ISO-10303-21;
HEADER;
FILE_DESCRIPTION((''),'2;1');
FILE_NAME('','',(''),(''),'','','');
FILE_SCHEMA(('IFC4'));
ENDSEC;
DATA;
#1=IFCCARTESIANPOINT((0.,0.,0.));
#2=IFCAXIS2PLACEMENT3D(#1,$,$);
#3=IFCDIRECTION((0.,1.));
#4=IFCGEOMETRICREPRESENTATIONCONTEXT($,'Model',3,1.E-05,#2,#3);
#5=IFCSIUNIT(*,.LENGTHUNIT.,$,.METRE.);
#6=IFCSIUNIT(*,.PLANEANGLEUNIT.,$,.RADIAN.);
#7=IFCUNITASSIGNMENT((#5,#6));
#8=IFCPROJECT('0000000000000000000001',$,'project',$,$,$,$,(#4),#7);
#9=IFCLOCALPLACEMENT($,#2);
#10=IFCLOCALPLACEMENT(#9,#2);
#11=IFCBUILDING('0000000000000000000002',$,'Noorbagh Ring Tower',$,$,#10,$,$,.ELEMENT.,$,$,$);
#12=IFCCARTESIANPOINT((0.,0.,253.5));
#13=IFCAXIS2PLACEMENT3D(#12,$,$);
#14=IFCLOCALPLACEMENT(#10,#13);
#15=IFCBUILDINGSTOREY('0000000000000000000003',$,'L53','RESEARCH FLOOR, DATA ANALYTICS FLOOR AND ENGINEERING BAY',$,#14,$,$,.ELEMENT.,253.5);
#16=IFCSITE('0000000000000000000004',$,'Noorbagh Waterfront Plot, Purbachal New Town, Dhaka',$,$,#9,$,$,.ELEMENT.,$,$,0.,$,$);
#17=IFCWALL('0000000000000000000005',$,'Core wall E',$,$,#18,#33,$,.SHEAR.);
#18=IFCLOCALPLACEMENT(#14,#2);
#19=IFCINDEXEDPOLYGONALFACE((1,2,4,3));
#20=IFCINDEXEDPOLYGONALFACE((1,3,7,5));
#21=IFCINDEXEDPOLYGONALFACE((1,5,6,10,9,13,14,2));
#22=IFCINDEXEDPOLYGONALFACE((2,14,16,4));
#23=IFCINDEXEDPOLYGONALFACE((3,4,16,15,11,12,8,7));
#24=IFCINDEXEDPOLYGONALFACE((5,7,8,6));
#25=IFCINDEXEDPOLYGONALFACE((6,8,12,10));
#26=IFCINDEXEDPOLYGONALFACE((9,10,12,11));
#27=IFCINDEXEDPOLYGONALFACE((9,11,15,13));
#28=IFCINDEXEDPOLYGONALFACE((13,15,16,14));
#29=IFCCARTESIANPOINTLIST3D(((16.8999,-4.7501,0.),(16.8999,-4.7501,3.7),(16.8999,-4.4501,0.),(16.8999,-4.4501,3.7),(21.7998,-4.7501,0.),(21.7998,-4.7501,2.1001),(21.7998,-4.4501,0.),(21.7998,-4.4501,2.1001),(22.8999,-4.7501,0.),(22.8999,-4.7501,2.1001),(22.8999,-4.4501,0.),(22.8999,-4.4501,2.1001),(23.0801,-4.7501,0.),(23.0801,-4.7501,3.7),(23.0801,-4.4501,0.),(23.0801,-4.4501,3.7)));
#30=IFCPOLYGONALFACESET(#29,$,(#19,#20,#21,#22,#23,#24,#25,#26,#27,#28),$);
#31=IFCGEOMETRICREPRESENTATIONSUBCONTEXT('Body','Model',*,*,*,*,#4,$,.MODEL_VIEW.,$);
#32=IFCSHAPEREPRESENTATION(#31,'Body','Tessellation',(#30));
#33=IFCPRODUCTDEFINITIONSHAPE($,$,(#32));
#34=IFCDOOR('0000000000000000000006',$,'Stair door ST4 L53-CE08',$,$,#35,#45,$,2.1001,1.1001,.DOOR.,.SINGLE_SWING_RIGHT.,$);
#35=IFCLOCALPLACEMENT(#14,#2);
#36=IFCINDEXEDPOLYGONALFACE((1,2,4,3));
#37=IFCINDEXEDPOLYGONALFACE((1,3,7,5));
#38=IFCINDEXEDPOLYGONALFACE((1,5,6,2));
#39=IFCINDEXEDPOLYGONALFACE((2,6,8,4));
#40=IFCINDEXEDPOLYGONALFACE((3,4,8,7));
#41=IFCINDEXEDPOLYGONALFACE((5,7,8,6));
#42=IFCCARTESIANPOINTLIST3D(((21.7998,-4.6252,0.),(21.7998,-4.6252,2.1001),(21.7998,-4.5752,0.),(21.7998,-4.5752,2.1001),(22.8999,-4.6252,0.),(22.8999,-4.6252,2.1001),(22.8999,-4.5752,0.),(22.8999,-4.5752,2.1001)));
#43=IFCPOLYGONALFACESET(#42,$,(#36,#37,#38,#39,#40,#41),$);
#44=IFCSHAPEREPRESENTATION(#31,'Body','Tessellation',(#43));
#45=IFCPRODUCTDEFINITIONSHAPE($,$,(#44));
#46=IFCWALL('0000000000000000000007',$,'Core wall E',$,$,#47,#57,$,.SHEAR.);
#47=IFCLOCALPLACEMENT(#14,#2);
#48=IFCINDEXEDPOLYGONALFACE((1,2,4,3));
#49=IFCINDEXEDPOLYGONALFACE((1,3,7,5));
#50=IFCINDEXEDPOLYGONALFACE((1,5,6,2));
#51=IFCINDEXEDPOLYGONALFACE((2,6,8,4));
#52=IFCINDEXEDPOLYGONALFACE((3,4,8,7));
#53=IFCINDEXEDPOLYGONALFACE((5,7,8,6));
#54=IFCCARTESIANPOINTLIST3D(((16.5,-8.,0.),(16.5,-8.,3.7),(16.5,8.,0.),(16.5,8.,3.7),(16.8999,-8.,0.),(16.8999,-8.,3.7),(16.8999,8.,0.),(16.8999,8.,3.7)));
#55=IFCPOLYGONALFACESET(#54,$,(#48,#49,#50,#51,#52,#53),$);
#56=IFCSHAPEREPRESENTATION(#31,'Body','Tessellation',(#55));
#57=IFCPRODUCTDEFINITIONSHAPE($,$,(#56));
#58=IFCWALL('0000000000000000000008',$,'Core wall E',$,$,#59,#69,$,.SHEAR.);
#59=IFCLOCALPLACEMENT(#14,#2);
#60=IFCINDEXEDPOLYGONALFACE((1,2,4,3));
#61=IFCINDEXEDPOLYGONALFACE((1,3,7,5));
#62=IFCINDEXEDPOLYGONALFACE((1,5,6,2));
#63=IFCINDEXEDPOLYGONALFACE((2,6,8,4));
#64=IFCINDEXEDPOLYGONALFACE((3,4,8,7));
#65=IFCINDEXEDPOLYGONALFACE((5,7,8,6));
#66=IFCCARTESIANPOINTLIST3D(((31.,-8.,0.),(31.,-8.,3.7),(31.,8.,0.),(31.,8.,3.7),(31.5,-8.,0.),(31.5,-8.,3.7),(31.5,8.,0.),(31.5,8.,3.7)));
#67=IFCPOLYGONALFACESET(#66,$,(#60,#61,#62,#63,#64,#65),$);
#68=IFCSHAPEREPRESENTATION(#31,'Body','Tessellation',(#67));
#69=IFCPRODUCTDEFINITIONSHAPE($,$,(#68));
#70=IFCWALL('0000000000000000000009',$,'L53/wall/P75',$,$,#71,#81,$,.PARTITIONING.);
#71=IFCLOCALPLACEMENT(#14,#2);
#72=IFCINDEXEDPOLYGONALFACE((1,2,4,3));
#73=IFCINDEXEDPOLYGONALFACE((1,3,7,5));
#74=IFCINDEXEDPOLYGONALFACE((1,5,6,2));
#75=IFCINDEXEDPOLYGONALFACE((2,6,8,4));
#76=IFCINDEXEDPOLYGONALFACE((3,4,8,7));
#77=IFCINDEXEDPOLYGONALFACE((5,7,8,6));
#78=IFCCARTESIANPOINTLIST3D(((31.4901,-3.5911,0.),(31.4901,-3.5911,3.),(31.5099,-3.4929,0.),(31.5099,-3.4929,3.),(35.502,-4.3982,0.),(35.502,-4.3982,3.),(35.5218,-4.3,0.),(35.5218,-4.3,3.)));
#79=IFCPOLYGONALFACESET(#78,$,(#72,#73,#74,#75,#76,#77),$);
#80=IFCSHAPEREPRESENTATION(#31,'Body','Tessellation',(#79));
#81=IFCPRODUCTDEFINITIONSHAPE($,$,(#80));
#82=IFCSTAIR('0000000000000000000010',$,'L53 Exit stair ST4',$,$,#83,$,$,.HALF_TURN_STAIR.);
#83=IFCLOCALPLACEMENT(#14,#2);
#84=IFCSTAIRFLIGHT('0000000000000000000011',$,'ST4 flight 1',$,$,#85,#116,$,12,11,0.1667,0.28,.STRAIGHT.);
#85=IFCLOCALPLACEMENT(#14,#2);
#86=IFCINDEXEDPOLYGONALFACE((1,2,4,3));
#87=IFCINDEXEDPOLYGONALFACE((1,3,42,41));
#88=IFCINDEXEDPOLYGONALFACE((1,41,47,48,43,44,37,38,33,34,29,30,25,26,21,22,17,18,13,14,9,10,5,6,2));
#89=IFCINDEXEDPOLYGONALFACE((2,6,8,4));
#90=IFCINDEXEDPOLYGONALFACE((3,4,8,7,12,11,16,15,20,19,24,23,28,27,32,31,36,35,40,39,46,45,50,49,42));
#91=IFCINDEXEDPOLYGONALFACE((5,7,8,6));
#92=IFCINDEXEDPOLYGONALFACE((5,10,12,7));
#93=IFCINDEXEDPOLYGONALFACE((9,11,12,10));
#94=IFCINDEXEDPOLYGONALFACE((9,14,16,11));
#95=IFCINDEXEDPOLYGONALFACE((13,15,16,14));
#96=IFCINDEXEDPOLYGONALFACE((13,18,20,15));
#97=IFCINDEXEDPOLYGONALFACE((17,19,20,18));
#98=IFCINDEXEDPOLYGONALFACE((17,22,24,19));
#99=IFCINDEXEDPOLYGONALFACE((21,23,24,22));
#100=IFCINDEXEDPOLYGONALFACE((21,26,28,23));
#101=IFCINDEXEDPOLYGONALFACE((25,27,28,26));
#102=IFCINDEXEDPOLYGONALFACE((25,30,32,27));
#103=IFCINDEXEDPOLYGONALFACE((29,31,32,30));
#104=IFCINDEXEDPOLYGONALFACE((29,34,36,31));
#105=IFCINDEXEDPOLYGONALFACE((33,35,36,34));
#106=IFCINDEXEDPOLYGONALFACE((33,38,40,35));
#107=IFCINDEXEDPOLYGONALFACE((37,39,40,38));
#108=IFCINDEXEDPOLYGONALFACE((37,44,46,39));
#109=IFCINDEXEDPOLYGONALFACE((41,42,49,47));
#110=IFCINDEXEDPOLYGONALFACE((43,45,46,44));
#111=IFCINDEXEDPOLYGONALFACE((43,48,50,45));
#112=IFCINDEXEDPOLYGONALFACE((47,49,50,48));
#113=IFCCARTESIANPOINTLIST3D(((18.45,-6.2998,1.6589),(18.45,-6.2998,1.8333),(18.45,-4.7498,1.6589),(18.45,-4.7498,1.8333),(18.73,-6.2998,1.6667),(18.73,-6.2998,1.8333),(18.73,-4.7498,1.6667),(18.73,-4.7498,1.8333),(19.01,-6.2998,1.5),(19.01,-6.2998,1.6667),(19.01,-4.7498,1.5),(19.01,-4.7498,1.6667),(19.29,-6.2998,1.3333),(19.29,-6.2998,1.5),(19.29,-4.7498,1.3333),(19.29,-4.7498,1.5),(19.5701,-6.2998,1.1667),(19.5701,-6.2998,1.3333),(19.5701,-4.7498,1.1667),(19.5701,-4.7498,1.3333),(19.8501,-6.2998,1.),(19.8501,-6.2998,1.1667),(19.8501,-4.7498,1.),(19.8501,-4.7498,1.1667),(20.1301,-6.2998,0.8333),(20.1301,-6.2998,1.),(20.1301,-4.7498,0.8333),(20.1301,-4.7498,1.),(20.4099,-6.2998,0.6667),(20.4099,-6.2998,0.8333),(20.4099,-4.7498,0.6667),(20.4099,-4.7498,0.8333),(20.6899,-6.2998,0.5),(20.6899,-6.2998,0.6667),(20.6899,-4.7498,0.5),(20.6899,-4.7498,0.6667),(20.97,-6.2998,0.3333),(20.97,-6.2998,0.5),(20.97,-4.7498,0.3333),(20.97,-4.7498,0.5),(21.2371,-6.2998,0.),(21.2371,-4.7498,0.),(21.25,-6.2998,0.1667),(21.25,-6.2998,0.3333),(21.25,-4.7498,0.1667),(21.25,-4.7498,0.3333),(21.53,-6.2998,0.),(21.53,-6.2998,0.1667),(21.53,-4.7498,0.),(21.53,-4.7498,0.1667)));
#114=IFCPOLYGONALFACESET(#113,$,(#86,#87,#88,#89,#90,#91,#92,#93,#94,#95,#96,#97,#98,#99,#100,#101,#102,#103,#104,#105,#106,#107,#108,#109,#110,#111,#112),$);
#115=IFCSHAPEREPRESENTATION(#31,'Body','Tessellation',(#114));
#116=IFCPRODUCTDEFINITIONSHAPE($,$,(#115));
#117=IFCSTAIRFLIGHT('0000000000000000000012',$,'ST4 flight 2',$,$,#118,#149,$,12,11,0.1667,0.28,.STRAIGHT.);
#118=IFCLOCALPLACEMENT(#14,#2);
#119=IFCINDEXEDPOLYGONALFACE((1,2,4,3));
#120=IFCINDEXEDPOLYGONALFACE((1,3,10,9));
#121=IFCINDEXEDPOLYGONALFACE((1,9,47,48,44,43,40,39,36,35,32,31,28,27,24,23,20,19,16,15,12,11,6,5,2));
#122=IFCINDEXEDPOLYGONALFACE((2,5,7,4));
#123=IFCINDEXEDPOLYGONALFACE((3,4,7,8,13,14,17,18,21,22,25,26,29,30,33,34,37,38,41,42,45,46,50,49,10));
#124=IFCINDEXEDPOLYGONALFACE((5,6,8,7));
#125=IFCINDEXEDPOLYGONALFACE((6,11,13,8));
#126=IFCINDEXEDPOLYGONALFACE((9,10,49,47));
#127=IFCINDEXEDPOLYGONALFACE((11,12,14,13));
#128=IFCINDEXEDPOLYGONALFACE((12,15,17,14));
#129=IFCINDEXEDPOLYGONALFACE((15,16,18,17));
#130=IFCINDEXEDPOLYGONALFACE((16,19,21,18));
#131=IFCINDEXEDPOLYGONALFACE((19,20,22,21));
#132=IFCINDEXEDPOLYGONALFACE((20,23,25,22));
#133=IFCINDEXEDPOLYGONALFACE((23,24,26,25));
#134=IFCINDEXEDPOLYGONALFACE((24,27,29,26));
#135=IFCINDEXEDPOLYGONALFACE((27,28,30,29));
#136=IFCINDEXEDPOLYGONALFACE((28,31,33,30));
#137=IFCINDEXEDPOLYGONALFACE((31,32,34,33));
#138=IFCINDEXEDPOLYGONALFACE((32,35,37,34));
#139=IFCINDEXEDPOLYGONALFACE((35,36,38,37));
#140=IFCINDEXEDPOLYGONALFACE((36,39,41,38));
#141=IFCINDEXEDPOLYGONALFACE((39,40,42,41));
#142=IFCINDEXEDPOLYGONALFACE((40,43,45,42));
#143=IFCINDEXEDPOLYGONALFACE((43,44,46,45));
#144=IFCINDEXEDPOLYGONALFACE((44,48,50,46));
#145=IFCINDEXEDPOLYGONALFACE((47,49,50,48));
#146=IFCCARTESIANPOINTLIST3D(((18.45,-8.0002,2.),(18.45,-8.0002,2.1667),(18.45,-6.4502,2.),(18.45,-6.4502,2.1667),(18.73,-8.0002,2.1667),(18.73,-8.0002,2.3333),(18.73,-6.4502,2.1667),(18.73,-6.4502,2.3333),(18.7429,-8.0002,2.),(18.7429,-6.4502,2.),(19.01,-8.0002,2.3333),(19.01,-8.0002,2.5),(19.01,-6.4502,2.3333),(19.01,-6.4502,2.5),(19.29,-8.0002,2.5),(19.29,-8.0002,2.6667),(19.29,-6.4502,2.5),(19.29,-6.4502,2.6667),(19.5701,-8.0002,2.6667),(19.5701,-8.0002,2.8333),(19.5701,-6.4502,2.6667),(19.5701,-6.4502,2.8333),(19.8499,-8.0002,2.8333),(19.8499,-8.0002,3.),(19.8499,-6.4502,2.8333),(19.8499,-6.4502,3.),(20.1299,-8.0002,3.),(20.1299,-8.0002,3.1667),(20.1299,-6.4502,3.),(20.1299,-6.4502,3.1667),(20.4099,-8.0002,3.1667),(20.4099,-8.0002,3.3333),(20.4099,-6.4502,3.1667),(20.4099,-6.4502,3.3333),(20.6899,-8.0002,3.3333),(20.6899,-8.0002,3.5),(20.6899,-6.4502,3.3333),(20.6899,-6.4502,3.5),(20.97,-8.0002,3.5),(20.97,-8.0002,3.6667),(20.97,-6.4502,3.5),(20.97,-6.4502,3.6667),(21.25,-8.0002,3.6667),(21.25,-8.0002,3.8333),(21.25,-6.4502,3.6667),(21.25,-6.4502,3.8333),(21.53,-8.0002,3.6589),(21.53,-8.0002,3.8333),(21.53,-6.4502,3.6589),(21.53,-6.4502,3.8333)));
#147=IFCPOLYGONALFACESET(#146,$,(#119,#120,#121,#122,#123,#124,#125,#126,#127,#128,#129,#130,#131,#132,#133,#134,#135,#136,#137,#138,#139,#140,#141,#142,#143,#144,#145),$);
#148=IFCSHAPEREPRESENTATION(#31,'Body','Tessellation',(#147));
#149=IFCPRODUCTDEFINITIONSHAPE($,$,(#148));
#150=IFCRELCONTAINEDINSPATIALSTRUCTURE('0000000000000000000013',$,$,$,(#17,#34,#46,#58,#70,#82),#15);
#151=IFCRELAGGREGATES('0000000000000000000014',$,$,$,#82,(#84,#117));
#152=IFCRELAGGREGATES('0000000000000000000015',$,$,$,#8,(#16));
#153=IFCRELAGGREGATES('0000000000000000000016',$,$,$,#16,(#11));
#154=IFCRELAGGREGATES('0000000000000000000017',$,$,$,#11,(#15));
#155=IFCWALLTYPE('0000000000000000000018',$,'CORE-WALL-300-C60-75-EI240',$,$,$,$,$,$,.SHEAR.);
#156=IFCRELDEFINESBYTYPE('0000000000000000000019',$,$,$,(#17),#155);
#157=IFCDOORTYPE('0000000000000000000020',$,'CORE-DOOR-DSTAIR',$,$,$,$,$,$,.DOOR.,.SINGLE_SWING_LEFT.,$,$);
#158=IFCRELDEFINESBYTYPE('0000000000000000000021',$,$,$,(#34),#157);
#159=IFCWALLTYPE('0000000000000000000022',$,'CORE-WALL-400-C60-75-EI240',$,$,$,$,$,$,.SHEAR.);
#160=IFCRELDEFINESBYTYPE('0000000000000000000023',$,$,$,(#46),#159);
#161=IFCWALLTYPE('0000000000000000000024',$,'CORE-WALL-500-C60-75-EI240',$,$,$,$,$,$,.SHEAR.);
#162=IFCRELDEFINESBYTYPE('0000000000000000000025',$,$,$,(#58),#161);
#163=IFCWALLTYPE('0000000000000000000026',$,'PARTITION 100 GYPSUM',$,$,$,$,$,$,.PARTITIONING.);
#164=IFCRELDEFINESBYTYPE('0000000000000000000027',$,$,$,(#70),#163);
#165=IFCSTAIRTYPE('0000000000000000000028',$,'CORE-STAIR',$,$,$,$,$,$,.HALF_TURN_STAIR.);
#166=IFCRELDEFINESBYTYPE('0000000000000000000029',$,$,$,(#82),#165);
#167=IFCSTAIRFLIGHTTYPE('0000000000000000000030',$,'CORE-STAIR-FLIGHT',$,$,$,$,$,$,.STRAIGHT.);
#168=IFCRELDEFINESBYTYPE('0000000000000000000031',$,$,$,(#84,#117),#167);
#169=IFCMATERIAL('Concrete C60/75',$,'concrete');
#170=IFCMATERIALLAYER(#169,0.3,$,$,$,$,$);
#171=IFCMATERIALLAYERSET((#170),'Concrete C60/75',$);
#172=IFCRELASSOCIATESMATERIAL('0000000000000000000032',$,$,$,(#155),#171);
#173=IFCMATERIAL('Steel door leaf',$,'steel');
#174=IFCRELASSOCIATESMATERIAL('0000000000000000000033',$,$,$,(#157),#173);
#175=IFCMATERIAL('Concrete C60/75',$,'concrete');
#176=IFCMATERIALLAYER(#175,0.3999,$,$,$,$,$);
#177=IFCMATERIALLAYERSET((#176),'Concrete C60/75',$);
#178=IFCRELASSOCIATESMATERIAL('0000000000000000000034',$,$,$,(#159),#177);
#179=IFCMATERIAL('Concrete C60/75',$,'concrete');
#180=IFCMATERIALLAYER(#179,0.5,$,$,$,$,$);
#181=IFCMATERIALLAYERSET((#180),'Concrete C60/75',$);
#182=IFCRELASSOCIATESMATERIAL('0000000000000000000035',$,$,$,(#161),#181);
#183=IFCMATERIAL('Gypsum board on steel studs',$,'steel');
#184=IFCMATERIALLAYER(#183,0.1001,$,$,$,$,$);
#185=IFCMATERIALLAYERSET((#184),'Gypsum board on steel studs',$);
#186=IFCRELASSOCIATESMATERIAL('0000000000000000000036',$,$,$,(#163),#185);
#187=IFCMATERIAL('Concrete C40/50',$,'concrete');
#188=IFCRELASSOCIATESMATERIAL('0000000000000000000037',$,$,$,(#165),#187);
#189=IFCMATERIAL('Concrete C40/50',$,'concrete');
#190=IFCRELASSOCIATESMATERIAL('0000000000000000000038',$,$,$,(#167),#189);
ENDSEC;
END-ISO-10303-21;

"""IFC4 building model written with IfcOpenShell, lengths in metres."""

from ifc_helpers import new_model, si_unit, direction, frame, frame_2d, origin, place, context, subcontext, project, spatial, polyline, rectangle, outline, extrude, material, layer, layer_set, type_object, element, fill, aggregate, save


model = new_model("IFC4")

# Units and contexts
model_context = context("Model", 3, precision=1e-05, world=origin(), true_north=direction((0.0, 1.0)))
body_context = subcontext(model_context, "Body", "Model", "MODEL_VIEW")
ifc_project = project(units=[si_unit("LENGTHUNIT", "METRE"), si_unit("PLANEANGLEUNIT", "RADIAN")], contexts=[model_context])

# Site, building, storey
site_placement = place(None, origin())
site = spatial("IfcSite", under=ifc_project, at=site_placement, Name="Noorbagh Waterfront Plot, Purbachal New Town, Dhaka", CompositionType="ELEMENT", RefElevation=0.0)
building_placement = place(site_placement, origin())
building = spatial("IfcBuilding", under=site, at=building_placement, Name="Noorbagh Ring Tower", CompositionType="ELEMENT")
storey_placement = place(building_placement, frame((0.0, 0.0, 253.5)))
storey = spatial("IfcBuildingStorey", under=building, at=storey_placement, Name="L53", Description="RESEARCH FLOOR, DATA ANALYTICS FLOOR AND ENGINEERING BAY", CompositionType="ELEMENT", Elevation=253.5)

# Shared definitions
ifc_material_1 = material(Name="Concrete C60/75", Category="concrete")
ifc_layer_1 = layer(ifc_material_1, 0.3)
ifc_layer_set_1 = layer_set([ifc_layer_1], Name="Concrete C60/75")
wall_type_1 = type_object("IfcWallType", Name="CORE-WALL-300-C60-75-EI240", PredefinedType="SHEAR", material=ifc_layer_set_1)

# Wall, opening, door
wall_1_placement = place(storey_placement, frame((16.8999, -4.6001, 0.0), z_axis=(0.0, 0.0, 1.0), x_axis=(1.0, 0.0, 0.0)))
wall_1 = element("IfcWall", 1, at=wall_1_placement, inside=storey, type_object=wall_type_1, Name="Core wall E", PredefinedType="SHEAR", context=body_context, shape_type="SweptSolid", body=[
    extrude(rectangle(XDim=6.1802, YDim=0.3, at=frame_2d((3.0901, 0.0))), origin(), (0.0, 0.0, 1.0), 3.7),
])
opening_1_placement = place(wall_1_placement, frame((4.8999, 0.0, 0.0)))
opening_1 = element("IfcOpeningElement", 2, at=opening_1_placement, cuts=wall_1, PredefinedType="OPENING", context=body_context, shape_type="SweptSolid", body=[
    extrude(rectangle(XDim=1.1001, YDim=2.1001, at=frame_2d((0.55, 1.05))), frame((0.0, 0.1602, 0.0), z_axis=(0.0, -1.0, 0.0), x_axis=(1.0, 0.0, 0.0)), (0.0, 0.0, 1.0), 0.3201),
])
ifc_material_2 = material(Name="Steel door leaf", Category="steel")
door_type_1 = type_object("IfcDoorType", Name="CORE-DOOR-DSTAIR", OperationType="SINGLE_SWING_LEFT", PredefinedType="DOOR", material=ifc_material_2)
door_1_placement = place(opening_1_placement, origin())
door_1 = element("IfcDoor", 3, at=door_1_placement, inside=storey, type_object=door_type_1, Name="Stair door ST4 L53-CE08", OperationType="SINGLE_SWING_RIGHT", OverallHeight=2.1001, OverallWidth=1.1001, PredefinedType="DOOR", context=body_context, shape_type="SweptSolid", body=[
    extrude(rectangle(XDim=1.1001, YDim=2.1001, at=frame_2d((0.55, 1.05))), frame((0.0, 0.0249, 0.0), z_axis=(0.0, -1.0, 0.0), x_axis=(1.0, 0.0, 0.0)), (0.0, 0.0, 1.0), 0.05),
])
fill(opening_1, door_1)

# Walls
ifc_material_3 = material(Name="Concrete C60/75", Category="concrete")
ifc_layer_2 = layer(ifc_material_3, 0.3999)
ifc_layer_set_2 = layer_set([ifc_layer_2], Name="Concrete C60/75")
wall_type_2 = type_object("IfcWallType", Name="CORE-WALL-400-C60-75-EI240", PredefinedType="SHEAR", material=ifc_layer_set_2)
wall_2_placement = place(storey_placement, frame((16.7, -8.0, 0.0), z_axis=(0.0, 0.0, 1.0), x_axis=(0.0, 1.0, 0.0)))
element("IfcWall", 4, at=wall_2_placement, inside=storey, type_object=wall_type_2, Name="Core wall E", PredefinedType="SHEAR", context=body_context, shape_type="SweptSolid", body=[
    extrude(rectangle(XDim=16.0, YDim=0.3999, at=frame_2d((8.0, 0.0))), origin(), (0.0, 0.0, 1.0), 3.7),
])
ifc_material_4 = material(Name="Concrete C60/75", Category="concrete")
ifc_layer_3 = layer(ifc_material_4, 0.5)
ifc_layer_set_3 = layer_set([ifc_layer_3], Name="Concrete C60/75")
wall_type_3 = type_object("IfcWallType", Name="CORE-WALL-500-C60-75-EI240", PredefinedType="SHEAR", material=ifc_layer_set_3)
wall_3_placement = place(storey_placement, frame((31.25, -8.0, 0.0), z_axis=(0.0, 0.0, 1.0), x_axis=(0.0, 1.0, 0.0)))
element("IfcWall", 5, at=wall_3_placement, inside=storey, type_object=wall_type_3, Name="Core wall E", PredefinedType="SHEAR", context=body_context, shape_type="SweptSolid", body=[
    extrude(rectangle(XDim=16.0, YDim=0.5, at=frame_2d((8.0, 0.0))), origin(), (0.0, 0.0, 1.0), 3.7),
])
ifc_material_5 = material(Name="Gypsum board on steel studs", Category="steel")
ifc_layer_4 = layer(ifc_material_5, 0.1001)
ifc_layer_set_4 = layer_set([ifc_layer_4], Name="Gypsum board on steel studs")
wall_type_4 = type_object("IfcWallType", Name="PARTITION 100 GYPSUM", PredefinedType="PARTITIONING", material=ifc_layer_set_4)
wall_4_placement = place(storey_placement, frame((31.5, -3.542, 0.0), z_axis=(0.0, 0.0, 1.0), x_axis=(0.980357, -0.197229, 0.0)))
element("IfcWall", 6, at=wall_4_placement, inside=storey, type_object=wall_type_4, Name="L53/wall/P75", PredefinedType="PARTITIONING", context=body_context, shape_type="SweptSolid", body=[
    extrude(rectangle(XDim=4.0923, YDim=0.1001, at=frame_2d((2.0461, 0.0))), origin(), (0.0, 0.0, 1.0), 3.0),
])

# Stair, stair flights
ifc_material_6 = material(Name="Concrete C40/50", Category="concrete")
stair_type = type_object("IfcStairType", Name="CORE-STAIR", PredefinedType="HALF_TURN_STAIR", material=ifc_material_6)
stair_placement = place(storey_placement, origin())
stair = element("IfcStair", 7, at=stair_placement, inside=storey, type_object=stair_type, Name="L53 Exit stair ST4", PredefinedType="HALF_TURN_STAIR")
ifc_material_7 = material(Name="Concrete C40/50", Category="concrete")
stair_flight_type = type_object("IfcStairFlightType", Name="CORE-STAIR-FLIGHT", PredefinedType="STRAIGHT", material=ifc_material_7)
stair_flight_1_placement = place(storey_placement, frame((21.53, -5.5249, 0.0), z_axis=(0.0, 0.0, 1.0), x_axis=(-1.0, 0.0, 0.0)))
stair_flight_1 = element("IfcStairFlight", 8, at=stair_flight_1_placement, type_object=stair_flight_type, Name="ST4 flight 1", NumberOfRisers=12, NumberOfTreads=11, PredefinedType="STRAIGHT", RiserHeight=0.1667, TreadLength=0.28, context=body_context, shape_type="SweptSolid", body=[
    extrude(outline(polyline([(0.0, 0.0), (0.0, 0.1667), (0.28, 0.1667), (0.28, 0.3333), (0.5601, 0.3333), (0.5601, 0.5), (0.8401, 0.5), (0.8401, 0.6667), (1.1201, 0.6667), (1.1201, 0.8333), (1.3999, 0.8333), (1.3999, 1.0), (1.6799, 1.0), (1.6799, 1.1667), (1.96, 1.1667), (1.96, 1.3333), (2.24, 1.3333), (2.24, 1.5), (2.52, 1.5), (2.52, 1.6667), (2.8, 1.6667), (2.8, 1.8333), (3.0801, 1.8333), (3.0801, 2.0), (3.0801, 1.6589), (0.293, 0.0), (0.0, 0.0)])), frame((0.0, 0.7749, 0.0), z_axis=(0.0, -1.0, 0.0), x_axis=(1.0, 0.0, 0.0)), (0.0, 0.0, 1.0), 1.55),
])
stair_flight_2_placement = place(storey_placement, frame((18.45, -7.2251, 2.0), z_axis=(0.0, 0.0, 1.0), x_axis=(1.0, 0.0, 0.0)))
stair_flight_2 = element("IfcStairFlight", 9, at=stair_flight_2_placement, type_object=stair_flight_type, Name="ST4 flight 2", NumberOfRisers=12, NumberOfTreads=11, PredefinedType="STRAIGHT", RiserHeight=0.1667, TreadLength=0.28, context=body_context, shape_type="SweptSolid", body=[
    extrude(outline(polyline([(0.0, 0.0), (0.0, 0.1667), (0.28, 0.1667), (0.28, 0.3333), (0.5601, 0.3333), (0.5601, 0.5), (0.8401, 0.5), (0.8401, 0.6667), (1.1201, 0.6667), (1.1201, 0.8333), (1.3999, 0.8333), (1.3999, 1.0), (1.6799, 1.0), (1.6799, 1.1667), (1.96, 1.1667), (1.96, 1.3333), (2.24, 1.3333), (2.24, 1.5), (2.52, 1.5), (2.52, 1.6667), (2.8, 1.6667), (2.8, 1.8333), (3.0801, 1.8333), (3.0801, 2.0), (3.0801, 1.6589), (0.293, 0.0), (0.0, 0.0)])), frame((0.0, 0.7749, 0.0), z_axis=(0.0, -1.0, 0.0), x_axis=(1.0, 0.0, 0.0)), (0.0, 0.0, 1.0), 1.55),
])
aggregate(stair, [stair_flight_1, stair_flight_2])

save(model, "model.ifc")
